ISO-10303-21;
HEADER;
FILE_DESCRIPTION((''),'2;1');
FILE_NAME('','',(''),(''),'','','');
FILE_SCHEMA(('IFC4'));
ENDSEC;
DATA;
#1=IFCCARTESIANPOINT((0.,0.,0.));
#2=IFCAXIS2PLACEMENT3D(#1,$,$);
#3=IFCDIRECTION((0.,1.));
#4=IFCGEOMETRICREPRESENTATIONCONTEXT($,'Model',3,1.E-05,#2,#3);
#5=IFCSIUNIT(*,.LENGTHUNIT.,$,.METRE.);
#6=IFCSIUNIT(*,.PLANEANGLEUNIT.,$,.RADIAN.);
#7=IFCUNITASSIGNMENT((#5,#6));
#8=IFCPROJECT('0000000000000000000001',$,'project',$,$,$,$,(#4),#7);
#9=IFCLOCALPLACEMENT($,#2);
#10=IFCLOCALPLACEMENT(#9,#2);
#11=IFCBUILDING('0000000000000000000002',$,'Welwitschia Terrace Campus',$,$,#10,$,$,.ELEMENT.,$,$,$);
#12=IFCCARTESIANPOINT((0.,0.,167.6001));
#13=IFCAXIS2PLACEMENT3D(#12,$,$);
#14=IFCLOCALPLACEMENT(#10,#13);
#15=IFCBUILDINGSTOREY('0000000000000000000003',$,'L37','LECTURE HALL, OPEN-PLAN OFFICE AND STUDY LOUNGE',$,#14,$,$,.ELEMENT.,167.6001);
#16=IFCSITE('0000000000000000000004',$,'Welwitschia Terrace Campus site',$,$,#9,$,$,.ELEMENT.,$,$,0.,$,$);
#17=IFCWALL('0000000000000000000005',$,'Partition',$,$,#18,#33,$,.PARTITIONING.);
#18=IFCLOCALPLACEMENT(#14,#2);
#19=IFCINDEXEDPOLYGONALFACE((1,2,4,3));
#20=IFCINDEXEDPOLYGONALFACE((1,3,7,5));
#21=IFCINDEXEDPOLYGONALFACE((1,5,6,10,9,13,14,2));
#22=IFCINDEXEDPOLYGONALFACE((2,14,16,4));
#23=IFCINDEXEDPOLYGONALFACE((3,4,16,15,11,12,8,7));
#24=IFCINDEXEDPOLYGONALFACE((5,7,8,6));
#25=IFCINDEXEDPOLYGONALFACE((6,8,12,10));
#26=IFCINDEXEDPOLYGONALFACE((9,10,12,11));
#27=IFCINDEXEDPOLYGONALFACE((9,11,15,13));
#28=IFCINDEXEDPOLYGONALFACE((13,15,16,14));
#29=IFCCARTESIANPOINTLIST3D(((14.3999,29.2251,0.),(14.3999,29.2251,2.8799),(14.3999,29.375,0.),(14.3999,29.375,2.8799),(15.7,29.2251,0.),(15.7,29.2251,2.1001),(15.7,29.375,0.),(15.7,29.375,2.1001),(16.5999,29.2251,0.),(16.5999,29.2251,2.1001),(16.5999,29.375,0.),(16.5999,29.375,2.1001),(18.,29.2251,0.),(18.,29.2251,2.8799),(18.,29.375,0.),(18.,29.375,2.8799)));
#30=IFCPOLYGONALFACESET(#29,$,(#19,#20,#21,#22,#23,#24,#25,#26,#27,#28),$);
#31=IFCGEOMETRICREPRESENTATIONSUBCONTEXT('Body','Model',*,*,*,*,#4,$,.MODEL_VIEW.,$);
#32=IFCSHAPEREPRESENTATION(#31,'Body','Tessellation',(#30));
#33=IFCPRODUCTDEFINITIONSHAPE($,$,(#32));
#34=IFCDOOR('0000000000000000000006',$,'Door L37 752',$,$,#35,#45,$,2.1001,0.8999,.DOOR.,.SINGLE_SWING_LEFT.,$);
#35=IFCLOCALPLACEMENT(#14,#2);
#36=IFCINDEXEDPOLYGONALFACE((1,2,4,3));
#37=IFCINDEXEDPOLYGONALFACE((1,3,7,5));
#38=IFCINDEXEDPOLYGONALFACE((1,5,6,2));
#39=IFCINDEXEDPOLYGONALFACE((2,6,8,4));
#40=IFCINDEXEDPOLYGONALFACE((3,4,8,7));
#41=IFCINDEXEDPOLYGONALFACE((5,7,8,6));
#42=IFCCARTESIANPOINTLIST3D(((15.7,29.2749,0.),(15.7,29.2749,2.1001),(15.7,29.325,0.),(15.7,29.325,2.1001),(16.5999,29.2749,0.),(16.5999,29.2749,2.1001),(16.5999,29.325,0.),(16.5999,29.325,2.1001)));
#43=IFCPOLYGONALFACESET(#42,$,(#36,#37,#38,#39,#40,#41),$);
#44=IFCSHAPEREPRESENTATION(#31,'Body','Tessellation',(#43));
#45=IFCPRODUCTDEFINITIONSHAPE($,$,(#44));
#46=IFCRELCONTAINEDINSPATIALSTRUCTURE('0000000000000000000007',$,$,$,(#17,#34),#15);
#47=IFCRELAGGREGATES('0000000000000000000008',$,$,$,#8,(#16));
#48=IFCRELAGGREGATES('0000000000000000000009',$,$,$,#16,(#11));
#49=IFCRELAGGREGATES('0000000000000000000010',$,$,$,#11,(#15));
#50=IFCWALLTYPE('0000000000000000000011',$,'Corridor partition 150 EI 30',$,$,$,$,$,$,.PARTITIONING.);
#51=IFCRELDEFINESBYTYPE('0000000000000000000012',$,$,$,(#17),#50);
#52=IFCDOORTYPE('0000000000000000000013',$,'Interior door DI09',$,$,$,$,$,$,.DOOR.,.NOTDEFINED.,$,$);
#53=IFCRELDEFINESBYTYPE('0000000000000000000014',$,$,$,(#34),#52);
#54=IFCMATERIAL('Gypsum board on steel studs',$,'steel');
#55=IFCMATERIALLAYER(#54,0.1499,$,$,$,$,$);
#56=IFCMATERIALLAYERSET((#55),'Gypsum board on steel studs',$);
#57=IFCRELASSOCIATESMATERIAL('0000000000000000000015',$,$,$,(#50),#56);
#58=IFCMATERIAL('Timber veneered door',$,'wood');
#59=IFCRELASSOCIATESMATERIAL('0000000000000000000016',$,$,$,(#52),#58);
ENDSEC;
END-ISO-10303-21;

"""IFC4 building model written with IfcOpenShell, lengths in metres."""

from ifc_helpers import new_model, si_unit, direction, frame, frame_2d, origin, place, context, subcontext, project, spatial, rectangle, extrude, material, layer, layer_set, type_object, element, fill, save


model = new_model("IFC4")

# Units and contexts
model_context = context("Model", 3, precision=1e-05, world=origin(), true_north=direction((0.0, 1.0)))
body_context = subcontext(model_context, "Body", "Model", "MODEL_VIEW")
ifc_project = project(units=[si_unit("LENGTHUNIT", "METRE"), si_unit("PLANEANGLEUNIT", "RADIAN")], contexts=[model_context])

# Site, building, storey
site_placement = place(None, origin())
site = spatial("IfcSite", under=ifc_project, at=site_placement, Name="Welwitschia Terrace Campus site", CompositionType="ELEMENT", RefElevation=0.0)
building_placement = place(site_placement, origin())
building = spatial("IfcBuilding", under=site, at=building_placement, Name="Welwitschia Terrace Campus", CompositionType="ELEMENT")
storey_placement = place(building_placement, frame((0.0, 0.0, 167.6001)))
storey = spatial("IfcBuildingStorey", under=building, at=storey_placement, Name="L37", Description="LECTURE HALL, OPEN-PLAN OFFICE AND STUDY LOUNGE", CompositionType="ELEMENT", Elevation=167.6001)

# Shared definitions
ifc_material_1 = material(Name="Gypsum board on steel studs", Category="steel")
ifc_layer_1 = layer(ifc_material_1, 0.1499)
ifc_layer_set_1 = layer_set([ifc_layer_1], Name="Gypsum board on steel studs")
wall_type = type_object("IfcWallType", Name="Corridor partition 150 EI 30", PredefinedType="PARTITIONING", material=ifc_layer_set_1)

# Wall, opening, door
wall_1_placement = place(storey_placement, frame((14.3999, 29.3, 0.0), z_axis=(0.0, 0.0, 1.0), x_axis=(1.0, 0.0, 0.0)))
wall_1 = element("IfcWall", 1, at=wall_1_placement, inside=storey, type_object=wall_type, Name="Partition", PredefinedType="PARTITIONING", context=body_context, shape_type="SweptSolid", body=[
    extrude(rectangle(XDim=3.6001, YDim=0.1499, at=frame_2d((1.8, 0.0))), origin(), (0.0, 0.0, 1.0), 2.8799),
])
opening_1_placement = place(wall_1_placement, frame((1.3, 0.0, 0.0)))
opening_1 = element("IfcOpeningElement", 2, at=opening_1_placement, cuts=wall_1, PredefinedType="OPENING", context=body_context, shape_type="SweptSolid", body=[
    extrude(rectangle(XDim=0.8999, YDim=2.1001, at=frame_2d((0.45, 1.05))), frame((0.0, 0.085, 0.0), z_axis=(0.0, -1.0, 0.0), x_axis=(1.0, 0.0, 0.0)), (0.0, 0.0, 1.0), 0.1699),
])
ifc_material_2 = material(Name="Timber veneered door", Category="wood")
door_type_1 = type_object("IfcDoorType", Name="Interior door DI09", OperationType="NOTDEFINED", PredefinedType="DOOR", material=ifc_material_2)
door_1_placement = place(opening_1_placement, origin())
door_1 = element("IfcDoor", 3, at=door_1_placement, inside=storey, type_object=door_type_1, Name="Door L37 752", OperationType="SINGLE_SWING_LEFT", OverallHeight=2.1001, OverallWidth=0.8999, PredefinedType="DOOR", context=body_context, shape_type="SweptSolid", body=[
    extrude(rectangle(XDim=0.8999, YDim=2.1001, at=frame_2d((0.45, 1.05))), frame((0.0, 0.0249, 0.0), z_axis=(0.0, -1.0, 0.0), x_axis=(1.0, 0.0, 0.0)), (0.0, 0.0, 1.0), 0.05),
])
fill(opening_1, door_1)

save(model, "model.ifc")
